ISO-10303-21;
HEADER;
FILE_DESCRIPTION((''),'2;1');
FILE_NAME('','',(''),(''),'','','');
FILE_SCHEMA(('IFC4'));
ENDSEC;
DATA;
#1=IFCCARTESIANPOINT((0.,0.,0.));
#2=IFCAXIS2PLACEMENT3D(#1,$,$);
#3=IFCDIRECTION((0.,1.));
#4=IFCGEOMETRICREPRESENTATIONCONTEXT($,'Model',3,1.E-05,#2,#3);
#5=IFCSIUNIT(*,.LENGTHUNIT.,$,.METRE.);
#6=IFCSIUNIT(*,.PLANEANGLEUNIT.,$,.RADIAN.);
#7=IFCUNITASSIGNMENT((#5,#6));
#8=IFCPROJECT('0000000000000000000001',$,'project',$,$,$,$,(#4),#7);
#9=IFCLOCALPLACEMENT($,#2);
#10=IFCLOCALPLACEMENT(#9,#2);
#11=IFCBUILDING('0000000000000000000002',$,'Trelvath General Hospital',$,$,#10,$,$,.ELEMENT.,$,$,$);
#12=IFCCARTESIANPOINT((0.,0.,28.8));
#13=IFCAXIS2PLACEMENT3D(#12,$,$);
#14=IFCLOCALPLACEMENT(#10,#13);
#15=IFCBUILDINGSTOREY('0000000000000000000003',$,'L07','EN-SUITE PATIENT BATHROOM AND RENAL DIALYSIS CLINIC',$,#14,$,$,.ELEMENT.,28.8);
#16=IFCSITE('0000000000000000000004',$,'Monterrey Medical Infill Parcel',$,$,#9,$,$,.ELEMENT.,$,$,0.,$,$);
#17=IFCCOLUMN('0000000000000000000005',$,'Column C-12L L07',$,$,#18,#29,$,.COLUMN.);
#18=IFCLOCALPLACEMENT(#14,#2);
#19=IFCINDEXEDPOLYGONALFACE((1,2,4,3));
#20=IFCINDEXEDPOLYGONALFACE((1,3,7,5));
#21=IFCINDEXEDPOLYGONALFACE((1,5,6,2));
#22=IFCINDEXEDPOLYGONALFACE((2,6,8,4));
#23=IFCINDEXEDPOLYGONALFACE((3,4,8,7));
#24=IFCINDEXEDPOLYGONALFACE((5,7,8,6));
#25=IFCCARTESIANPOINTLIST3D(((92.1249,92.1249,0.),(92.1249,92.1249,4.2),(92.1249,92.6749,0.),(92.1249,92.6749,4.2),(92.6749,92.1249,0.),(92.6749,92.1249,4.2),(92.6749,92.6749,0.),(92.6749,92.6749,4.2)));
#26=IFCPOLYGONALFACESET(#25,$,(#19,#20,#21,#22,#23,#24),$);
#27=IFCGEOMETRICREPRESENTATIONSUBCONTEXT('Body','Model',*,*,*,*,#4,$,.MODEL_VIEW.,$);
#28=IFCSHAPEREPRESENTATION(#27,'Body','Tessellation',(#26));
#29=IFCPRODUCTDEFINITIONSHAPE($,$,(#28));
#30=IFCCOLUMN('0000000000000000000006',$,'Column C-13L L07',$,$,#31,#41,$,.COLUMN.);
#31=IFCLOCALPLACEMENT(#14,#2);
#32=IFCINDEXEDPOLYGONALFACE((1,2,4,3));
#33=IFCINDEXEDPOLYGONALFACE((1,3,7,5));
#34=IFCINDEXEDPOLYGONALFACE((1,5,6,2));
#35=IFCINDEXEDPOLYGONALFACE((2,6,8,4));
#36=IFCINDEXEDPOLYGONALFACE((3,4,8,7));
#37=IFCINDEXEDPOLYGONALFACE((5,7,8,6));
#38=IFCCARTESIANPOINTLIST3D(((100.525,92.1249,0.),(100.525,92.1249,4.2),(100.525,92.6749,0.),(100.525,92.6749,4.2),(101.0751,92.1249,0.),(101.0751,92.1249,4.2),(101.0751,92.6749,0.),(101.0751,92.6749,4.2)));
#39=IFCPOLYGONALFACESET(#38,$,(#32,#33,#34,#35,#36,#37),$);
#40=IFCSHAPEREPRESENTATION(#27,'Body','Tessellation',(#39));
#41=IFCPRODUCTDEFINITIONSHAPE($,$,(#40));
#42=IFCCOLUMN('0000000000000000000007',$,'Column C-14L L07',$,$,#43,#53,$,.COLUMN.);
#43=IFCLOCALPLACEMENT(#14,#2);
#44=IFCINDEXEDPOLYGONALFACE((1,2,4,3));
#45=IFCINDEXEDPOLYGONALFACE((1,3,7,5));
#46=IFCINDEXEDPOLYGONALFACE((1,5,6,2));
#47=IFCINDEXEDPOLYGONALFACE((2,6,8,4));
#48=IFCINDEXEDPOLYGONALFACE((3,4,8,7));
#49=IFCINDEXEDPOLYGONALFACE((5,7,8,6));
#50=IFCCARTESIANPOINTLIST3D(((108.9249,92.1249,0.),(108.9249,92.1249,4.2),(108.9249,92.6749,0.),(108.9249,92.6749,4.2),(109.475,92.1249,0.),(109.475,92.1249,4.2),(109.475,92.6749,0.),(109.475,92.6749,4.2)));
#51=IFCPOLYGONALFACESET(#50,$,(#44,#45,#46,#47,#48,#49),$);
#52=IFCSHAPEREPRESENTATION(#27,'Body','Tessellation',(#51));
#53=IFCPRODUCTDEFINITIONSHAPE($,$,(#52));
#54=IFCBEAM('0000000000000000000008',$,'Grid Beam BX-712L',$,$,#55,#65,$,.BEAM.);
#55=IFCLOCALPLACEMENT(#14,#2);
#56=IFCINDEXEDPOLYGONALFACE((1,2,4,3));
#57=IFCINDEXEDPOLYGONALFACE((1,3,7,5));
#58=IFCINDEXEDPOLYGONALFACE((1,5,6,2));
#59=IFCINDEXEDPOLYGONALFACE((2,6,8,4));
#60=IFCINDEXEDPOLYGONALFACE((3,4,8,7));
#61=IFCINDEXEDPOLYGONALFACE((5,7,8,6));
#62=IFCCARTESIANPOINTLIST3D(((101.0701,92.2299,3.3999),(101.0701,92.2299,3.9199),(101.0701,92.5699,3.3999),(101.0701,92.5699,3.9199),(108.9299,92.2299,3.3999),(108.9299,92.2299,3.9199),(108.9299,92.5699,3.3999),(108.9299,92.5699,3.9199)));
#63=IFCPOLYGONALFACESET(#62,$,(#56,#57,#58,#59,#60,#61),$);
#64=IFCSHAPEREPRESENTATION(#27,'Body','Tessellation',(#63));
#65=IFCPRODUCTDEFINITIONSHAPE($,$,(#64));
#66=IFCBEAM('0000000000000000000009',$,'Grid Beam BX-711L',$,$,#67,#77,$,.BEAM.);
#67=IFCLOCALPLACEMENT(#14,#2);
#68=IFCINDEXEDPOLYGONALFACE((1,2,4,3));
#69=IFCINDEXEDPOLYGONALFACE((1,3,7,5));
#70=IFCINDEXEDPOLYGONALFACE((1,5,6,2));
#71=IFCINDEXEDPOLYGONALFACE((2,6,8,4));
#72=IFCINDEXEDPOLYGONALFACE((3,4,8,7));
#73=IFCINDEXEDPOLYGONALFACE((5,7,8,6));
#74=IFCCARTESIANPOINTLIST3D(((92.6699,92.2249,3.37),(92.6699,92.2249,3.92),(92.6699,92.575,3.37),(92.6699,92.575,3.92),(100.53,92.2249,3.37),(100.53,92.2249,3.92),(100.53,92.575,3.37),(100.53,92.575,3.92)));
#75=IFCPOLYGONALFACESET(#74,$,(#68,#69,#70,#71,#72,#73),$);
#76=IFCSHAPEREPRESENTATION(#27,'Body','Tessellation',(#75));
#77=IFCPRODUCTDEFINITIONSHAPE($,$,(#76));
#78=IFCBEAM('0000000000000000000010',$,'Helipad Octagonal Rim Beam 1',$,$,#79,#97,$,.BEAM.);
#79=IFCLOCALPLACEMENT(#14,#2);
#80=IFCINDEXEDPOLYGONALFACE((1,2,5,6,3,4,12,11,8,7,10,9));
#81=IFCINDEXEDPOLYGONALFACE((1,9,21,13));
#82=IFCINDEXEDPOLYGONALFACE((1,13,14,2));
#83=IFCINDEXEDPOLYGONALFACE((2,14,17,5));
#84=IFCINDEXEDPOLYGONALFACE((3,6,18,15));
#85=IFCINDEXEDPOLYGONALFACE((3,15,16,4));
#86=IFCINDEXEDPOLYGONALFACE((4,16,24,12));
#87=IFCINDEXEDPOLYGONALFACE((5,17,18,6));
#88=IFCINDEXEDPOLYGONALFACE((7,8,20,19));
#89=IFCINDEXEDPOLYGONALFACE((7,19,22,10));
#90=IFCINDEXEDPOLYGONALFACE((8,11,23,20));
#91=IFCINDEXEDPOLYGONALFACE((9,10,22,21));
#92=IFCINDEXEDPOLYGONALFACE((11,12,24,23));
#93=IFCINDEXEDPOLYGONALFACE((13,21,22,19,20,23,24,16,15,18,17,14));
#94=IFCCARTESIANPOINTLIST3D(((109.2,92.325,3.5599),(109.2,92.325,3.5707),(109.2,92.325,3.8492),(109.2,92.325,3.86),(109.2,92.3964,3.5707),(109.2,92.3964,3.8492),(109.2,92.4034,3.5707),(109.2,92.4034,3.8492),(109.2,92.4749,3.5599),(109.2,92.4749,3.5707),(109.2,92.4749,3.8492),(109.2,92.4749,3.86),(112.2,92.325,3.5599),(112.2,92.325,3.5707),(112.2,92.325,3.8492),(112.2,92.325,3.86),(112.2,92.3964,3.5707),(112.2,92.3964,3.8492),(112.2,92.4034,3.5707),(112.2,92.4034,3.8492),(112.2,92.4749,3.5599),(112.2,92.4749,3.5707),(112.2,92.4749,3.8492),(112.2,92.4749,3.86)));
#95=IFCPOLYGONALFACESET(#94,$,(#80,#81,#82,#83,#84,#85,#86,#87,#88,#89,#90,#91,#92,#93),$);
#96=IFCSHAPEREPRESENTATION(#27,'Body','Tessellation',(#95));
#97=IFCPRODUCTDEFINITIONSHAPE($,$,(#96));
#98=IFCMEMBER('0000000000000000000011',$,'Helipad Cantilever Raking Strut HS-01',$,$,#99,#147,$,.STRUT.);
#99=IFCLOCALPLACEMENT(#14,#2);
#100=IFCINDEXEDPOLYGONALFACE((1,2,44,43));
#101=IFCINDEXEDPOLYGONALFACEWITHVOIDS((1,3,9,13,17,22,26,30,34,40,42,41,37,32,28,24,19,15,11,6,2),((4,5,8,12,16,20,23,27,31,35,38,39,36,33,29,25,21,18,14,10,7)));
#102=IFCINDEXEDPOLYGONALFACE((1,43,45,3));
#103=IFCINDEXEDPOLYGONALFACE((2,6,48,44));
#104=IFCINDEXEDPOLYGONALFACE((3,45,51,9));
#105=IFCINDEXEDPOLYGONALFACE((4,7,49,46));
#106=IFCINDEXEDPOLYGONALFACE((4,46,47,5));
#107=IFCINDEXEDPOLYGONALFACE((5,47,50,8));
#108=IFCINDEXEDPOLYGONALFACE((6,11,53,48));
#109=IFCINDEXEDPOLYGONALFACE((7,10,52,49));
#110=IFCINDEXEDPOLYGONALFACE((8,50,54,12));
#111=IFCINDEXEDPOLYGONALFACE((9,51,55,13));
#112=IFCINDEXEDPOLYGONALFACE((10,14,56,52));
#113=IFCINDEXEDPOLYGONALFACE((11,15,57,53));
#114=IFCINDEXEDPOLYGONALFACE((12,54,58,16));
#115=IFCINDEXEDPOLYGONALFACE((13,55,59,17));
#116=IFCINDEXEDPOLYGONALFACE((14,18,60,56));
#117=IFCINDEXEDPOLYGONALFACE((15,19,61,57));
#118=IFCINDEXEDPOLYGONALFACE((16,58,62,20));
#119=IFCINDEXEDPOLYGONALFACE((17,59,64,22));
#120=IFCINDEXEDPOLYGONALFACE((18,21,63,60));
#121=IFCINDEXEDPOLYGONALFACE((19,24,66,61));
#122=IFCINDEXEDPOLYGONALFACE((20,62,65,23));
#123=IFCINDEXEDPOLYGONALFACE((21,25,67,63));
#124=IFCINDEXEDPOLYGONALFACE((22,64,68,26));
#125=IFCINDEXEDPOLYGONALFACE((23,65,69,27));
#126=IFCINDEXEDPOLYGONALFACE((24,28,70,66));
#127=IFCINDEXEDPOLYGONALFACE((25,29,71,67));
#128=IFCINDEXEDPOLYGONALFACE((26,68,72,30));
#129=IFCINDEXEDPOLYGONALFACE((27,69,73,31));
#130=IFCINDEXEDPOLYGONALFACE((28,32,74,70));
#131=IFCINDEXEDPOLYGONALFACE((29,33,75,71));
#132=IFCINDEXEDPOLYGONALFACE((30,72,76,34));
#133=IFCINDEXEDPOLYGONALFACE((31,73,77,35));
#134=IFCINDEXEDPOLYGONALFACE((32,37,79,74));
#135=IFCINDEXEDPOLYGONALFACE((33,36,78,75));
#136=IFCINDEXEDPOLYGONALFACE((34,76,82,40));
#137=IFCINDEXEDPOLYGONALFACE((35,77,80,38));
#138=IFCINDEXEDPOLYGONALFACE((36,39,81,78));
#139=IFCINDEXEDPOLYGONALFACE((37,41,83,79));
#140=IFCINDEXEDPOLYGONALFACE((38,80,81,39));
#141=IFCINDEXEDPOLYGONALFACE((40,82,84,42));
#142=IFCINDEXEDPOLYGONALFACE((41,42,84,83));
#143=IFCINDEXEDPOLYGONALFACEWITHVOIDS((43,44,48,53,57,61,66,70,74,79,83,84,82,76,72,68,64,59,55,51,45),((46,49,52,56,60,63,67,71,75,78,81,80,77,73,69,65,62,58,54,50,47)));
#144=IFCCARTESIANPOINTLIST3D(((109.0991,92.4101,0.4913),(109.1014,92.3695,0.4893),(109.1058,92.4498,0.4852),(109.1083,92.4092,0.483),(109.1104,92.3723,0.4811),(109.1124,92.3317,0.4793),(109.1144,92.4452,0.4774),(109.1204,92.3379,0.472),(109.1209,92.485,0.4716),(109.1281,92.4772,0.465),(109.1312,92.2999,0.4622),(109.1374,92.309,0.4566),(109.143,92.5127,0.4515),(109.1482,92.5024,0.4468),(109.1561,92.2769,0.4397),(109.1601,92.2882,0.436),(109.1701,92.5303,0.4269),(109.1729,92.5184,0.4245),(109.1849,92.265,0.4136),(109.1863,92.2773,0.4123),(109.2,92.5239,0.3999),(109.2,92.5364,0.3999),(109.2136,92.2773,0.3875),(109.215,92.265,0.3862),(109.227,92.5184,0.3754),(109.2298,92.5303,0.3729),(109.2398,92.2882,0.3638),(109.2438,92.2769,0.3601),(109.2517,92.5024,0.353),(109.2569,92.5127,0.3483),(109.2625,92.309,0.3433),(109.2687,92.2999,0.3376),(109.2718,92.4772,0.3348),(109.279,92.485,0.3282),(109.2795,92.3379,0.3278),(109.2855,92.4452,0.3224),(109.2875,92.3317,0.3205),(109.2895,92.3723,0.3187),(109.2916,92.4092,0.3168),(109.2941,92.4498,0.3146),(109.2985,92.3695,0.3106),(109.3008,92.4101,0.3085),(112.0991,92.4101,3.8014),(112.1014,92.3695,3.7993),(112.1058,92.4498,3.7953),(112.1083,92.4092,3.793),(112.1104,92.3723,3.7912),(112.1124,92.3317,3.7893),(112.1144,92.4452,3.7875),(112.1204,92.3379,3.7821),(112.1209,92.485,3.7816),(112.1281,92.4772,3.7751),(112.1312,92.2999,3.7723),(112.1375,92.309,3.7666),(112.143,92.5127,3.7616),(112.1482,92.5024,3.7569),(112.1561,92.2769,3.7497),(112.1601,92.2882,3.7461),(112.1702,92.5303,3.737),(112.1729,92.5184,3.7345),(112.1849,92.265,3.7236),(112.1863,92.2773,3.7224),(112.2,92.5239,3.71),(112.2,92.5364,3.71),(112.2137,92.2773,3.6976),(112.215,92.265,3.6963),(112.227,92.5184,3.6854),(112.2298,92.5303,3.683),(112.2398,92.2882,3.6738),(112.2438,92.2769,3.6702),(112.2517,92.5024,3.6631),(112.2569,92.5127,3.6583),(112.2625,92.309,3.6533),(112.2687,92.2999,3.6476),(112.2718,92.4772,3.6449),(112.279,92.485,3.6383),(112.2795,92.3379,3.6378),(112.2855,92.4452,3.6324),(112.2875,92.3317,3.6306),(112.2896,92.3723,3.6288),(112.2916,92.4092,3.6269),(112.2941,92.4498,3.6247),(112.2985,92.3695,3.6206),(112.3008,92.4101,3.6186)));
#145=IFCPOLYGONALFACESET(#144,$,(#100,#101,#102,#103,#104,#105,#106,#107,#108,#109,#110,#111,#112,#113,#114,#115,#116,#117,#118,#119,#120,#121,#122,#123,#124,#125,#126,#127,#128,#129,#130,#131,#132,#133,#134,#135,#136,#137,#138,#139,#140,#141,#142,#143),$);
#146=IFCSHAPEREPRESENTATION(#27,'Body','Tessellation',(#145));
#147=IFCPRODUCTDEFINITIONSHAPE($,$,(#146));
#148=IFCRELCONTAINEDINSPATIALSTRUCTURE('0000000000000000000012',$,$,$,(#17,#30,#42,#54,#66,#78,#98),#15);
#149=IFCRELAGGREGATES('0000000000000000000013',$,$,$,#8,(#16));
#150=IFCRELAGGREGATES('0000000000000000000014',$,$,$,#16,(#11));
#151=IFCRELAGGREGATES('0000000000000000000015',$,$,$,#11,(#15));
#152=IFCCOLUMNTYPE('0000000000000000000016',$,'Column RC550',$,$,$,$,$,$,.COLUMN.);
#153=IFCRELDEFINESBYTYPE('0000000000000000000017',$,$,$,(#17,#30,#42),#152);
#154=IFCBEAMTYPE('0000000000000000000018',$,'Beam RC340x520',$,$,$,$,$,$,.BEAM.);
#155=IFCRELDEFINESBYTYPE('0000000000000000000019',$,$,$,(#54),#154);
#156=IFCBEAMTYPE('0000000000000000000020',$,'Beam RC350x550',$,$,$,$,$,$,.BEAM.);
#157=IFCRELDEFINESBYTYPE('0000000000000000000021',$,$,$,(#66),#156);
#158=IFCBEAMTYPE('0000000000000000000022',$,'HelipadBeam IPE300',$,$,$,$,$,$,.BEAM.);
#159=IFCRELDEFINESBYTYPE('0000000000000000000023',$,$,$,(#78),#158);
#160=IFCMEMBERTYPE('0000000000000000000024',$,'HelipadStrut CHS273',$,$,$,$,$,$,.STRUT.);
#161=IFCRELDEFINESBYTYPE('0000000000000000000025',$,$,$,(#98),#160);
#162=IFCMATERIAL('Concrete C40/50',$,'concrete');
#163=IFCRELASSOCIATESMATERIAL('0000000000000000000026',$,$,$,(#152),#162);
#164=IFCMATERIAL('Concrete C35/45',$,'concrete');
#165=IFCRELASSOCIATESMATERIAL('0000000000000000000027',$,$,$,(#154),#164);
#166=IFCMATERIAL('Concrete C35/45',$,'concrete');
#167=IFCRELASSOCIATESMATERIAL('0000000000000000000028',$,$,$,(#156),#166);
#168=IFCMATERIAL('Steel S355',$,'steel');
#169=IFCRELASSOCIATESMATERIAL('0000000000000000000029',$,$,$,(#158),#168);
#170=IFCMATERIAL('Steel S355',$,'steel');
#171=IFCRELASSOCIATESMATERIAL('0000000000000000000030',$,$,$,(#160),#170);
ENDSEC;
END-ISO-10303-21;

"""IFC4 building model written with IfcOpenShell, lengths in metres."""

from ifc_helpers import new_model, si_unit, direction, frame, origin, origin_2d, place, context, subcontext, project, spatial, rectangle, hollow_circle, i_section, extrude, material, material_profile, profile_set, type_object, element, save


model = new_model("IFC4")

# Units and contexts
model_context = context("Model", 3, precision=1e-05, world=origin(), true_north=direction((0.0, 1.0)))
body_context = subcontext(model_context, "Body", "Model", "MODEL_VIEW")
ifc_project = project(units=[si_unit("LENGTHUNIT", "METRE"), si_unit("PLANEANGLEUNIT", "RADIAN")], contexts=[model_context])

# Site, building, storey
site_placement = place(None, origin())
site = spatial("IfcSite", under=ifc_project, at=site_placement, Name="Monterrey Medical Infill Parcel", CompositionType="ELEMENT", RefElevation=0.0)
building_placement = place(site_placement, origin())
building = spatial("IfcBuilding", under=site, at=building_placement, Name="Trelvath General Hospital", CompositionType="ELEMENT")
storey_placement = place(building_placement, frame((0.0, 0.0, 28.8)))
storey = spatial("IfcBuildingStorey", under=building, at=storey_placement, Name="L07", Description="EN-SUITE PATIENT BATHROOM AND RENAL DIALYSIS CLINIC", CompositionType="ELEMENT", Elevation=28.8)

# Columns
ifc_material_1 = material(Name="Concrete C40/50", Category="concrete")
ifc_material_profile_1 = material_profile(ifc_material_1, rectangle(XDim=0.55, YDim=0.55, at=origin_2d()), Name="RC550x550")
ifc_profile_set_1 = profile_set([ifc_material_profile_1], Name="Concrete C40/50")
column_type = type_object("IfcColumnType", Name="Column RC550", PredefinedType="COLUMN", material=ifc_profile_set_1)
for number, where, z_axis, x_axis, name in (
    (1, (92.3999, 92.3999, 0.0), (0.0, 0.0, 1.0), (1.0, 0.0, 0.0), "Column C-12L L07"),
    (2, (100.8, 92.3999, 0.0), (0.0, 0.0, 1.0), (1.0, 0.0, 0.0), "Column C-13L L07"),
    (3, (109.2, 92.3999, 0.0), (0.0, 0.0, 1.0), (1.0, 0.0, 0.0), "Column C-14L L07"),
):
    element("IfcColumn", number, at=place(storey_placement, frame(where, z_axis=z_axis, x_axis=x_axis)), inside=storey, type_object=column_type, Name=name, PredefinedType="COLUMN", context=body_context, shape_type="SweptSolid", body=[
        extrude(rectangle(XDim=0.55, YDim=0.55, at=origin_2d()), origin(), (0.0, 0.0, 1.0), 4.2),
    ])

# Beams
ifc_material_2 = material(Name="Concrete C35/45", Category="concrete")
ifc_material_profile_2 = material_profile(ifc_material_2, rectangle(XDim=0.3401, YDim=0.52, at=origin_2d()), Name="RCB340x520")
ifc_profile_set_2 = profile_set([ifc_material_profile_2], Name="Concrete C35/45")
beam_type_1 = type_object("IfcBeamType", Name="Beam RC340x520", PredefinedType="BEAM", material=ifc_profile_set_2)
beam_1_placement = place(storey_placement, frame((101.0701, 92.3999, 3.6599), z_axis=(1.0, 0.0, 0.0), x_axis=(0.0, 1.0, 0.0)))
element("IfcBeam", 4, at=beam_1_placement, inside=storey, type_object=beam_type_1, Name="Grid Beam BX-712L", PredefinedType="BEAM", context=body_context, shape_type="SweptSolid", body=[
    extrude(rectangle(XDim=0.3401, YDim=0.52, at=origin_2d()), origin(), (0.0, 0.0, 1.0), 7.8599),
])
ifc_material_3 = material(Name="Concrete C35/45", Category="concrete")
ifc_material_profile_3 = material_profile(ifc_material_3, rectangle(XDim=0.3501, YDim=0.55, at=origin_2d()), Name="RCB350x550")
ifc_profile_set_3 = profile_set([ifc_material_profile_3], Name="Concrete C35/45")
beam_type_2 = type_object("IfcBeamType", Name="Beam RC350x550", PredefinedType="BEAM", material=ifc_profile_set_3)
beam_2_placement = place(storey_placement, frame((92.6699, 92.3999, 3.645), z_axis=(1.0, 0.0, 0.0), x_axis=(0.0, 1.0, 0.0)))
element("IfcBeam", 5, at=beam_2_placement, inside=storey, type_object=beam_type_2, Name="Grid Beam BX-711L", PredefinedType="BEAM", context=body_context, shape_type="SweptSolid", body=[
    extrude(rectangle(XDim=0.3501, YDim=0.55, at=origin_2d()), origin(), (0.0, 0.0, 1.0), 7.8601),
])
ifc_material_4 = material(Name="Steel S355", Category="steel")
ifc_material_profile_4 = material_profile(ifc_material_4, i_section(OverallWidth=0.1499, OverallDepth=0.3, WebThickness=0.0071, FlangeThickness=0.0107, at=origin_2d()), Name="IPE300")
ifc_profile_set_4 = profile_set([ifc_material_profile_4], Name="Steel S355")
beam_type_3 = type_object("IfcBeamType", Name="HelipadBeam IPE300", PredefinedType="BEAM", material=ifc_profile_set_4)
beam_3_placement = place(storey_placement, frame((109.2, 92.3999, 3.71), z_axis=(1.0, 0.0, 0.0), x_axis=(0.0, 1.0, 0.0)))
element("IfcBeam", 6, at=beam_3_placement, inside=storey, type_object=beam_type_3, Name="Helipad Octagonal Rim Beam 1", PredefinedType="BEAM", context=body_context, shape_type="SweptSolid", body=[
    extrude(i_section(OverallWidth=0.1499, OverallDepth=0.3, WebThickness=0.0071, FlangeThickness=0.0107, at=origin_2d()), origin(), (0.0, 0.0, 1.0), 3.0),
])

# Member
ifc_material_5 = material(Name="Steel S355", Category="steel")
ifc_material_profile_5 = material_profile(ifc_material_5, hollow_circle(Radius=0.1365, WallThickness=0.0125, at=origin_2d()), Name="CHS273.0x12.5")
ifc_profile_set_5 = profile_set([ifc_material_profile_5], Name="Steel S355")
member_type_1 = type_object("IfcMemberType", Name="HelipadStrut CHS273", PredefinedType="STRUT", material=ifc_profile_set_5)
member_1_placement = place(storey_placement, frame((109.2, 92.3999, 0.3999), z_axis=(0.671551, 0.0, 0.740958), x_axis=(0.0, 1.0, 0.0)))
element("IfcMember", 7, at=member_1_placement, inside=storey, type_object=member_type_1, Name="Helipad Cantilever Raking Strut HS-01", PredefinedType="STRUT", context=body_context, shape_type="SweptSolid", body=[
    extrude(hollow_circle(Radius=0.1365, WallThickness=0.0125, at=origin_2d()), origin(), (0.0, 0.0, 1.0), 4.4673),
])

save(model, "model.ifc")
